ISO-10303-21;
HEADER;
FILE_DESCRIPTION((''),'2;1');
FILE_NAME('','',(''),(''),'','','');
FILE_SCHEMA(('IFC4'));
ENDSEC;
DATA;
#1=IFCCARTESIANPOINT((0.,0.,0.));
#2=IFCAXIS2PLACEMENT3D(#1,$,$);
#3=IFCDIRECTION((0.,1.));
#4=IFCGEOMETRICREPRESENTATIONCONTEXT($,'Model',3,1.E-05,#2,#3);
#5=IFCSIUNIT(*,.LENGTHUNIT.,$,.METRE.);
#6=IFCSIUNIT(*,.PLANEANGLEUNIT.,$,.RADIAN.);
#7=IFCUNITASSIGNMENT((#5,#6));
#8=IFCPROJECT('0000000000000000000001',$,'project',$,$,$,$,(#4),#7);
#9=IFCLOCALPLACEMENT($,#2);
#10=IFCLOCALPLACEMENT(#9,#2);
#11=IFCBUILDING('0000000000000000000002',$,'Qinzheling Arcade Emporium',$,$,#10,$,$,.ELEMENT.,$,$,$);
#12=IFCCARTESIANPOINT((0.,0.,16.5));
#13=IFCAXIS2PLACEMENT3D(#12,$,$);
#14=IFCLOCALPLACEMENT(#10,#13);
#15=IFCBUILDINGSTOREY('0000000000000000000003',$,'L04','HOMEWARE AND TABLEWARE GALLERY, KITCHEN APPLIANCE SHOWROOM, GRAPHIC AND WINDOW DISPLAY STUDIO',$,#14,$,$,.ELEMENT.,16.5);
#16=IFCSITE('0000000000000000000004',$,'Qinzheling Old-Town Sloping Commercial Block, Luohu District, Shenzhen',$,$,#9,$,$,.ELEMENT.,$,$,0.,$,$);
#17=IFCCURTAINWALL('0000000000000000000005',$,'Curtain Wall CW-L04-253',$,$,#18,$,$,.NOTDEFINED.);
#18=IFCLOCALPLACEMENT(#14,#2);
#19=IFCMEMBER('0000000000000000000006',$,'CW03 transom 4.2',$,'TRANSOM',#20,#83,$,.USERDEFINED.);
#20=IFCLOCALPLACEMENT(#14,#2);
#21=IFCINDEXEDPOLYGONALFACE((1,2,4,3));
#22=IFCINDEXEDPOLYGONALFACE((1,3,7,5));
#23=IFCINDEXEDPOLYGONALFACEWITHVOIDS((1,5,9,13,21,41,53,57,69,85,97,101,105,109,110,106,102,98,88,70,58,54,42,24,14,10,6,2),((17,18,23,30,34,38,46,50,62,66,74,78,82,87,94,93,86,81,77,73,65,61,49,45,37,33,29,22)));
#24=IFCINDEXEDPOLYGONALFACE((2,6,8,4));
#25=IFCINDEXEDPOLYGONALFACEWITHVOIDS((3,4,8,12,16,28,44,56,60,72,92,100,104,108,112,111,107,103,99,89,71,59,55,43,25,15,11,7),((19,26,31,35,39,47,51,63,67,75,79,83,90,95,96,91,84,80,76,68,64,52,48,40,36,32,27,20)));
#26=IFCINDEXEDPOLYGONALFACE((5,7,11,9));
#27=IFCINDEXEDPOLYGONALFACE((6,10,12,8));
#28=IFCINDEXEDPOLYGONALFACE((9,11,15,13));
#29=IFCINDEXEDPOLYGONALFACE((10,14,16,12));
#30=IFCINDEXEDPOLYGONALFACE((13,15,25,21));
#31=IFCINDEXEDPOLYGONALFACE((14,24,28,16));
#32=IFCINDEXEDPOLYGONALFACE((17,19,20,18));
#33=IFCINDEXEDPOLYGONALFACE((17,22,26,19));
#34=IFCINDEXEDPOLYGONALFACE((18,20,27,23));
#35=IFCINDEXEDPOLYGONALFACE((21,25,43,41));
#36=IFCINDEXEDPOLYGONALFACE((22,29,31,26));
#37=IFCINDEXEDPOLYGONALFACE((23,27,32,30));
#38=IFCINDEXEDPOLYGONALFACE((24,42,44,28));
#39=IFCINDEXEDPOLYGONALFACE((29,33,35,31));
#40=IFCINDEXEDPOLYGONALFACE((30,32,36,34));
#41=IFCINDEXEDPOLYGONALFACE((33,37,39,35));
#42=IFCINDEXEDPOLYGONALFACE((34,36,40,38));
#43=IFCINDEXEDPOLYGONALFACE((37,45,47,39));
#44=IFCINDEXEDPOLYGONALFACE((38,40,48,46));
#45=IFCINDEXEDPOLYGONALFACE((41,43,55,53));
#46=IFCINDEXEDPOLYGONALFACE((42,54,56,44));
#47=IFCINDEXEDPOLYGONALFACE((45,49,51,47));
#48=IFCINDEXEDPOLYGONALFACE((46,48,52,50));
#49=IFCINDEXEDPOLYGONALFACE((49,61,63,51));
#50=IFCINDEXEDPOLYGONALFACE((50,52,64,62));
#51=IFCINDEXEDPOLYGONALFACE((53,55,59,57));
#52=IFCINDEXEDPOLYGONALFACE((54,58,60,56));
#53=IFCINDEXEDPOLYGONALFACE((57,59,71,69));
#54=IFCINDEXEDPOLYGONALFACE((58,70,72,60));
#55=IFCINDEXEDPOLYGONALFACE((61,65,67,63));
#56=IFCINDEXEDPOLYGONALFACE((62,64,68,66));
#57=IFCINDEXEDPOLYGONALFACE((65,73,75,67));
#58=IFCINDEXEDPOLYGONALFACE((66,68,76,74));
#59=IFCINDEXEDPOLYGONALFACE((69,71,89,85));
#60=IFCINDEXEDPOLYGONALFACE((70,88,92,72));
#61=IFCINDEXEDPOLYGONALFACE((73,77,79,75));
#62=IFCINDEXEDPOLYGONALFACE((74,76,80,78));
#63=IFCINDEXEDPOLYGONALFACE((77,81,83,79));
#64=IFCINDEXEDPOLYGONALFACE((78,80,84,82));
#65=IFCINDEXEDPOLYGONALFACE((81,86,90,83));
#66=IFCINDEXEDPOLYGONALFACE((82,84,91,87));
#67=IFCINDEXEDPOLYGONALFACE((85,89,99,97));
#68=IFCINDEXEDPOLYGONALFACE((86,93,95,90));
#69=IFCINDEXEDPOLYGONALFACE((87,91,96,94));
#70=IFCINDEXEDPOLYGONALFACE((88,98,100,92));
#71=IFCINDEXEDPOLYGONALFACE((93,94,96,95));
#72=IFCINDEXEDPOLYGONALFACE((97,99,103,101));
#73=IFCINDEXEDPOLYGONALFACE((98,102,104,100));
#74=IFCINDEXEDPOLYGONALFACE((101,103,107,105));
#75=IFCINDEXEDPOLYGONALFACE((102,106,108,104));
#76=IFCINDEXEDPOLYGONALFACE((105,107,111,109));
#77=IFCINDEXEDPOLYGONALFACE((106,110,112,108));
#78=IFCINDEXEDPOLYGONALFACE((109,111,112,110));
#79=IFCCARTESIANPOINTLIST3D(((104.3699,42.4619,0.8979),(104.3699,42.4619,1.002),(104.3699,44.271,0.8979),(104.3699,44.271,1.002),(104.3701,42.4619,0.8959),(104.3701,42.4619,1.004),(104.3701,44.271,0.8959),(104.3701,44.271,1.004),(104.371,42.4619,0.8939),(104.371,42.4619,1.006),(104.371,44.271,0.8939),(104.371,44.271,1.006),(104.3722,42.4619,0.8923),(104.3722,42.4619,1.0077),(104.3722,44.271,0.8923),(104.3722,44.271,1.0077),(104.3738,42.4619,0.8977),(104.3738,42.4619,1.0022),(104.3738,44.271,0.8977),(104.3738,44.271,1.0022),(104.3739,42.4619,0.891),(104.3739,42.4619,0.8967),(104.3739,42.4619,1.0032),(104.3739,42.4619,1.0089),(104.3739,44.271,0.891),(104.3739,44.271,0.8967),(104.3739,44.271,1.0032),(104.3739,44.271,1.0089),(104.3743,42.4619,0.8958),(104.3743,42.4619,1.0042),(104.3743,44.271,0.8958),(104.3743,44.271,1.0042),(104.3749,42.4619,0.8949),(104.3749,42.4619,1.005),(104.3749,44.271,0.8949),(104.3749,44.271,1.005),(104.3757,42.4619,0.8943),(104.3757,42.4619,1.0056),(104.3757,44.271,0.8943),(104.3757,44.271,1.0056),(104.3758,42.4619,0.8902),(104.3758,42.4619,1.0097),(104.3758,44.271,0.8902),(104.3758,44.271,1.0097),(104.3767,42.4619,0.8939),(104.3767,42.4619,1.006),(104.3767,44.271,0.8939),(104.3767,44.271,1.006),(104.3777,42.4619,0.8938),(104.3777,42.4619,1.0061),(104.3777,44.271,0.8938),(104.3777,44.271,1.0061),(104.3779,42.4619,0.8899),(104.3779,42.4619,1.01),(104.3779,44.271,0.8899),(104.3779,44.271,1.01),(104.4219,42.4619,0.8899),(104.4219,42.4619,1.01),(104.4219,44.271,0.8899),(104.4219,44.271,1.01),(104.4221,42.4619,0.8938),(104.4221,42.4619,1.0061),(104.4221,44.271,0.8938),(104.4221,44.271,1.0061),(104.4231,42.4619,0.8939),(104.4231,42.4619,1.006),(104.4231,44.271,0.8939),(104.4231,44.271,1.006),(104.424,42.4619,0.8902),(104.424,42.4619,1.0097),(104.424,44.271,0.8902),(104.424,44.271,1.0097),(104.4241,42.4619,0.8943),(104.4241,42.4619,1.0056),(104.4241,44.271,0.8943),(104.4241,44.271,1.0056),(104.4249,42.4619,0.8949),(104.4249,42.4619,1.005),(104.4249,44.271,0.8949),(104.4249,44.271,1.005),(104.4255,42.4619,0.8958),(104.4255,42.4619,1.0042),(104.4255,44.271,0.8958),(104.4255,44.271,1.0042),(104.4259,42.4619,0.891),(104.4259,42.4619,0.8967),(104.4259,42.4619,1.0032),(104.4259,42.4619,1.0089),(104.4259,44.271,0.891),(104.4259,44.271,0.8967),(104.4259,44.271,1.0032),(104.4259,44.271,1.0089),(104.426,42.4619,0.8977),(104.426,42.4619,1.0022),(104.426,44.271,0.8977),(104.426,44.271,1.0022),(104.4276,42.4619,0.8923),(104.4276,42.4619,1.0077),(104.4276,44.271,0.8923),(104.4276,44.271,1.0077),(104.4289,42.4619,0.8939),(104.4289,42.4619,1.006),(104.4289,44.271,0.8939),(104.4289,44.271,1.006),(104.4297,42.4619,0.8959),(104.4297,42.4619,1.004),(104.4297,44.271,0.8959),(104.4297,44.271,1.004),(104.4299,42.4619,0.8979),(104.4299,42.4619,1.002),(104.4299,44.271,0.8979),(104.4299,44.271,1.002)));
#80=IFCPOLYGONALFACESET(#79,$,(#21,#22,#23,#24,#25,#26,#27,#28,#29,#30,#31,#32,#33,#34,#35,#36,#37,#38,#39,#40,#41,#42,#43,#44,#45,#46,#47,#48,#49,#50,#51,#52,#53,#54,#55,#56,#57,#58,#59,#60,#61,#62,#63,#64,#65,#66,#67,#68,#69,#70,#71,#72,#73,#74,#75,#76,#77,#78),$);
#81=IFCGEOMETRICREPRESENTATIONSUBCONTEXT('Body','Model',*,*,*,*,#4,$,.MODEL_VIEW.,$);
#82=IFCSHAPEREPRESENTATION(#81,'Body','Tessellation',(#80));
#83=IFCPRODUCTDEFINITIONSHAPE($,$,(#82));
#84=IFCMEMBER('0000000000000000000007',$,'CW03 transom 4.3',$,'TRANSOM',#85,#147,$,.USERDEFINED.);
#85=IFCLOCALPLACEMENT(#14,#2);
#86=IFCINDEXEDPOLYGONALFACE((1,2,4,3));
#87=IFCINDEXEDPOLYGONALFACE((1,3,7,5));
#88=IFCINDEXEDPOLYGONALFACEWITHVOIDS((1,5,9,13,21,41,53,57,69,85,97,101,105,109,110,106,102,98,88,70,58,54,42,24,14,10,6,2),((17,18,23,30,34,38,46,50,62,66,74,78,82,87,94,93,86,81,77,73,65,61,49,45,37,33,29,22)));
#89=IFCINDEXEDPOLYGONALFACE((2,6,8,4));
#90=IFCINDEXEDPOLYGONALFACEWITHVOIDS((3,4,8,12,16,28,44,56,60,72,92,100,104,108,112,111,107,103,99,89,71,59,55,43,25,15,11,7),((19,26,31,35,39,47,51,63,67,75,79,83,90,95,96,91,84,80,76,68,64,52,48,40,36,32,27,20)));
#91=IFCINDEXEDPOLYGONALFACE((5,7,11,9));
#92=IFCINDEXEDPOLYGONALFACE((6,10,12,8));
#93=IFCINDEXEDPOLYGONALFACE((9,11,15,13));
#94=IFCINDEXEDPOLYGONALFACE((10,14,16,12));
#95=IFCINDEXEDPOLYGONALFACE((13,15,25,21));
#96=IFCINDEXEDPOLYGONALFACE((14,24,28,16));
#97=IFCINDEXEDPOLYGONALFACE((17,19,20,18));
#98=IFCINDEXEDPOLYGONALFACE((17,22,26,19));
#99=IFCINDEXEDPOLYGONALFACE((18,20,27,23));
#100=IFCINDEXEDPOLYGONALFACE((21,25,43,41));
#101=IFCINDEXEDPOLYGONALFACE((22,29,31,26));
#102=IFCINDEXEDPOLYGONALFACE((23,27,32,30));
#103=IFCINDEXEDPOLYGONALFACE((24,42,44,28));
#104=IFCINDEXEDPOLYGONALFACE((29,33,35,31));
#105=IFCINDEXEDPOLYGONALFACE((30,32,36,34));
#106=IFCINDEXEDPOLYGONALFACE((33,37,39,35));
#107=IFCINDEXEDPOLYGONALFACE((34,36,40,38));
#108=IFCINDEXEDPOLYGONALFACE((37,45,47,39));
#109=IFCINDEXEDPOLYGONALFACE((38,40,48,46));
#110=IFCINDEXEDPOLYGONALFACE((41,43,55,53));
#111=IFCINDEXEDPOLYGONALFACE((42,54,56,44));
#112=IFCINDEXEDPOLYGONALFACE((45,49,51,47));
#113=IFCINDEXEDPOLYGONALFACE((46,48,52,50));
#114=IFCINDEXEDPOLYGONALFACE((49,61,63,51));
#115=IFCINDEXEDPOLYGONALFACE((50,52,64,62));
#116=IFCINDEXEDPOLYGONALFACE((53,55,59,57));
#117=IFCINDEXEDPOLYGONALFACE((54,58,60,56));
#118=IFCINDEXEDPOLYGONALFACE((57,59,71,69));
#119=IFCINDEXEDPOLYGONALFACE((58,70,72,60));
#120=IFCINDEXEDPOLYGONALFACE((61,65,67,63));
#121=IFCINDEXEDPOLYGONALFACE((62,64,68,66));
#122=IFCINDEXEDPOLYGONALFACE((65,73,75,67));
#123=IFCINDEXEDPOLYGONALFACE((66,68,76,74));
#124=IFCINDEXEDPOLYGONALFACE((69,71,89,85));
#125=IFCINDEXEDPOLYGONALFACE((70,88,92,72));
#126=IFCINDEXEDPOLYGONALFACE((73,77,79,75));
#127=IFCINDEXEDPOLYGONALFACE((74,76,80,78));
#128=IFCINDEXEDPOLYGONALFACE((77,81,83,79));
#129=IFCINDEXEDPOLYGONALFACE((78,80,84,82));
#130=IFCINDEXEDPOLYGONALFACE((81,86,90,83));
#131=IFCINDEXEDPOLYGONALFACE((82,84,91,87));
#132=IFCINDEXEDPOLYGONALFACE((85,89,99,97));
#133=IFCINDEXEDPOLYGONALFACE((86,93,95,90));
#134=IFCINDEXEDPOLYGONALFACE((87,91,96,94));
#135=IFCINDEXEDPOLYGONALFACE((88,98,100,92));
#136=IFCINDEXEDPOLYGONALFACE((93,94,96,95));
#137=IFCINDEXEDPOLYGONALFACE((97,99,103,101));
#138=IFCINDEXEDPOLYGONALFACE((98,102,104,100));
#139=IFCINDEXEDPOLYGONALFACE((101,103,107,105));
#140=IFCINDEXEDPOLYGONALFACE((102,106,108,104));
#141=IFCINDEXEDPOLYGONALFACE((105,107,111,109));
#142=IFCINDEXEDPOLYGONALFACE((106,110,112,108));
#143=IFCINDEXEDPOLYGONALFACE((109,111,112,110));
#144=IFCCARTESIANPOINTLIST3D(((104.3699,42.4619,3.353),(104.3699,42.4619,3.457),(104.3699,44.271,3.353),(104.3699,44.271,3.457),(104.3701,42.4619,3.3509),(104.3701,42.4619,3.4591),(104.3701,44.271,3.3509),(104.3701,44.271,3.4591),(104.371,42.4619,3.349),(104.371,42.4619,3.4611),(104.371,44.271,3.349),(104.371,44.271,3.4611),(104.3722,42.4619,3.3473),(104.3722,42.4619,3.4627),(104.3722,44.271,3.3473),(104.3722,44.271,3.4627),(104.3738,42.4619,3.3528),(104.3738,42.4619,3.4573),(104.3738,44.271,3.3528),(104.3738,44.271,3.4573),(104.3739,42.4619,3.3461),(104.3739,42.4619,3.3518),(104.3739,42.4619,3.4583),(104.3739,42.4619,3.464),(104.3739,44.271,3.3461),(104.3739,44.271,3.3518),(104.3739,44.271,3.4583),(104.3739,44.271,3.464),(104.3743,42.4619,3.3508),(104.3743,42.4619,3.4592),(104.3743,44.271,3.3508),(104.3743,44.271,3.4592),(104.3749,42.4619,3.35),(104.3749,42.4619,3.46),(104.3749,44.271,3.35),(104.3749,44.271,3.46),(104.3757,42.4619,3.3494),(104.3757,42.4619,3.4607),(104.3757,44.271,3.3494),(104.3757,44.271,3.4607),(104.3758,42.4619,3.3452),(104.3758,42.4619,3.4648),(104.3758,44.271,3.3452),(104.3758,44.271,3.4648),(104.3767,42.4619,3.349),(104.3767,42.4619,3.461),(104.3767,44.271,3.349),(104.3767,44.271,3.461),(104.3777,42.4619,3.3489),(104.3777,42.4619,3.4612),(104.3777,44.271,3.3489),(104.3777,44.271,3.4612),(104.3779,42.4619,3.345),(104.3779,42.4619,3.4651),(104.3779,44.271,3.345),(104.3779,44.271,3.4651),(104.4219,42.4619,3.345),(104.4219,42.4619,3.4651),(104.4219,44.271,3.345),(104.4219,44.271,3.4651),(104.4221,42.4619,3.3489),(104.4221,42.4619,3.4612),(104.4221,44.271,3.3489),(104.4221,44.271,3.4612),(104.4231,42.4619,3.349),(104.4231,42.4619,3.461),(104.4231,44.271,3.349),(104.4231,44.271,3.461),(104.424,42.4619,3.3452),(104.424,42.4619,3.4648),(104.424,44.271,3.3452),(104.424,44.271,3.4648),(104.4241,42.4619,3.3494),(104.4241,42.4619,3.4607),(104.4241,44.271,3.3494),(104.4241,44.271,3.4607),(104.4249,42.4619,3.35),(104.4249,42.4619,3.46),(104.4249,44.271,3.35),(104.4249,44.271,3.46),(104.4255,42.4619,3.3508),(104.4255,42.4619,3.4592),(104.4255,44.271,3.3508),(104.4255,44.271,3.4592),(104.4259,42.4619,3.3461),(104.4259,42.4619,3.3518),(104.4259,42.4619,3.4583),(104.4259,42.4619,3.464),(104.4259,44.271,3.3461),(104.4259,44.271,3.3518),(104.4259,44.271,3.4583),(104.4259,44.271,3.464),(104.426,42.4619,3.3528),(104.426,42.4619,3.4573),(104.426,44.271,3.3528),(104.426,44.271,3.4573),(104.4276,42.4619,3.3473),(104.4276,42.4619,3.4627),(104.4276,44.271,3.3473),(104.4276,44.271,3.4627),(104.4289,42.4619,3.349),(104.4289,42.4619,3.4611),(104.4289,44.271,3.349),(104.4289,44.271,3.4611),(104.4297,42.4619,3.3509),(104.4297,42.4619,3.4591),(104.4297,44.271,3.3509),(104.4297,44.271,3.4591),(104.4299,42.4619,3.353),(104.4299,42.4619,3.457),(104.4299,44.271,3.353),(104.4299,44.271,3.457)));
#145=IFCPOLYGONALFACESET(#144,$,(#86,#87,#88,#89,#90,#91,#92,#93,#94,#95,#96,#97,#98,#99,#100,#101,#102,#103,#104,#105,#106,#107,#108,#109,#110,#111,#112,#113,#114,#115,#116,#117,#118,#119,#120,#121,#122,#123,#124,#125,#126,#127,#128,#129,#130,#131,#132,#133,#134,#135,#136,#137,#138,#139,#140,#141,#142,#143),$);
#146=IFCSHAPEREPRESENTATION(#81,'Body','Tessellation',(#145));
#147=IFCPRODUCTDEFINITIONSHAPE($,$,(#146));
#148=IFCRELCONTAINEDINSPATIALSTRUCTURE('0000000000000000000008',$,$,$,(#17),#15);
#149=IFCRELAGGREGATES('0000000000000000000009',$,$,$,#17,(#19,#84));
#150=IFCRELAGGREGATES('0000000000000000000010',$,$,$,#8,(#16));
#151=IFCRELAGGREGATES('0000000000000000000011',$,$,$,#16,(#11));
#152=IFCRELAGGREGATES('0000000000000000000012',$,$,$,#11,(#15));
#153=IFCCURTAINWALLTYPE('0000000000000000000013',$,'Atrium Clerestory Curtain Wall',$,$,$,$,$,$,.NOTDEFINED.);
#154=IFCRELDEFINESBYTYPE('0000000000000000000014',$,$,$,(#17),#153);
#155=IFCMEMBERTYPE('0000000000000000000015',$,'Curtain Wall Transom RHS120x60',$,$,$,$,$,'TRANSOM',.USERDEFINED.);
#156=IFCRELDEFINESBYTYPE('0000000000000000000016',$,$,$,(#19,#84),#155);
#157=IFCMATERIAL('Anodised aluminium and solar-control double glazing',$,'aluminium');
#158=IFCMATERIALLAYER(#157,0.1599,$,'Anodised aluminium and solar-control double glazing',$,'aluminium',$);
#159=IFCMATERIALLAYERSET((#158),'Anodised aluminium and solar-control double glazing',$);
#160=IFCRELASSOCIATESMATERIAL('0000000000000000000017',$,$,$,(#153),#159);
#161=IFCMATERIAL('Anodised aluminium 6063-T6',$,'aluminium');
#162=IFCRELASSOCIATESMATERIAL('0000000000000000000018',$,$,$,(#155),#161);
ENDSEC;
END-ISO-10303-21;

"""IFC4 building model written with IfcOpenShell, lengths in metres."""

from ifc_helpers import new_model, si_unit, direction, frame, origin, origin_2d, place, context, subcontext, project, spatial, hollow_rectangle, extrude, material, layer, layer_set, material_profile, profile_set, type_object, element, aggregate, save


model = new_model("IFC4")

# Units and contexts
model_context = context("Model", 3, precision=1e-05, world=origin(), true_north=direction((0.0, 1.0)))
body_context = subcontext(model_context, "Body", "Model", "MODEL_VIEW")
ifc_project = project(units=[si_unit("LENGTHUNIT", "METRE"), si_unit("PLANEANGLEUNIT", "RADIAN")], contexts=[model_context])

# Site, building, storey
site_placement = place(None, origin())
site = spatial("IfcSite", under=ifc_project, at=site_placement, Name="Qinzheling Old-Town Sloping Commercial Block, Luohu District, Shenzhen", CompositionType="ELEMENT", RefElevation=0.0)
building_placement = place(site_placement, origin())
building = spatial("IfcBuilding", under=site, at=building_placement, Name="Qinzheling Arcade Emporium", CompositionType="ELEMENT")
storey_placement = place(building_placement, frame((0.0, 0.0, 16.5)))
storey = spatial("IfcBuildingStorey", under=building, at=storey_placement, Name="L04", Description="HOMEWARE AND TABLEWARE GALLERY, KITCHEN APPLIANCE SHOWROOM, GRAPHIC AND WINDOW DISPLAY STUDIO", CompositionType="ELEMENT", Elevation=16.5)

# Curtain wall
ifc_material_1 = material(Name="Anodised aluminium and solar-control double glazing", Category="aluminium")
ifc_layer_1 = layer(ifc_material_1, 0.1599, Name="Anodised aluminium and solar-control double glazing", Category="aluminium")
ifc_layer_set_1 = layer_set([ifc_layer_1], Name="Anodised aluminium and solar-control double glazing")
curtain_wall_type = type_object("IfcCurtainWallType", Name="Atrium Clerestory Curtain Wall", PredefinedType="NOTDEFINED", material=ifc_layer_set_1)
curtain_wall_1_placement = place(storey_placement, origin())
curtain_wall_1 = element("IfcCurtainWall", 1, at=curtain_wall_1_placement, inside=storey, type_object=curtain_wall_type, Name="Curtain Wall CW-L04-253", PredefinedType="NOTDEFINED")
ifc_material_2 = material(Name="Anodised aluminium 6063-T6", Category="aluminium")

# Members
ifc_material_profile_1 = material_profile(ifc_material_2, hollow_rectangle(XDim=0.0601, YDim=0.1201, WallThickness=0.0039, InnerFilletRadius=0.0039, OuterFilletRadius=0.0081, at=origin_2d()), Name="RHS 120x60x4", Category="aluminium")
ifc_profile_set_1 = profile_set([ifc_material_profile_1], Name="Anodised aluminium 6063-T6")
member_type_1 = type_object("IfcMemberType", Name="Curtain Wall Transom RHS120x60", ElementType="TRANSOM", PredefinedType="USERDEFINED", material=ifc_profile_set_1)
member_1_placement = place(storey_placement, frame((104.3999, 44.271, 0.95), z_axis=(0.0, -1.0, 0.0), x_axis=(1.0, 0.0, 0.0)))
member_1 = element("IfcMember", 2, at=member_1_placement, type_object=member_type_1, Name="CW03 transom 4.2", ObjectType="TRANSOM", PredefinedType="USERDEFINED", context=body_context, shape_type="SweptSolid", body=[
    extrude(hollow_rectangle(XDim=0.0601, YDim=0.1201, WallThickness=0.0039, InnerFilletRadius=0.0039, OuterFilletRadius=0.0081, at=origin_2d()), origin(), (0.0, 0.0, 1.0), 1.8091),
])
member_2_placement = place(storey_placement, frame((104.3999, 44.271, 3.405), z_axis=(0.0, -1.0, 0.0), x_axis=(1.0, 0.0, 0.0)))
member_2 = element("IfcMember", 3, at=member_2_placement, type_object=member_type_1, Name="CW03 transom 4.3", ObjectType="TRANSOM", PredefinedType="USERDEFINED", context=body_context, shape_type="SweptSolid", body=[
    extrude(hollow_rectangle(XDim=0.0601, YDim=0.1201, WallThickness=0.0039, InnerFilletRadius=0.0039, OuterFilletRadius=0.0081, at=origin_2d()), origin(), (0.0, 0.0, 1.0), 1.8091),
])

aggregate(curtain_wall_1, [member_1, member_2])

save(model, "model.ifc")
